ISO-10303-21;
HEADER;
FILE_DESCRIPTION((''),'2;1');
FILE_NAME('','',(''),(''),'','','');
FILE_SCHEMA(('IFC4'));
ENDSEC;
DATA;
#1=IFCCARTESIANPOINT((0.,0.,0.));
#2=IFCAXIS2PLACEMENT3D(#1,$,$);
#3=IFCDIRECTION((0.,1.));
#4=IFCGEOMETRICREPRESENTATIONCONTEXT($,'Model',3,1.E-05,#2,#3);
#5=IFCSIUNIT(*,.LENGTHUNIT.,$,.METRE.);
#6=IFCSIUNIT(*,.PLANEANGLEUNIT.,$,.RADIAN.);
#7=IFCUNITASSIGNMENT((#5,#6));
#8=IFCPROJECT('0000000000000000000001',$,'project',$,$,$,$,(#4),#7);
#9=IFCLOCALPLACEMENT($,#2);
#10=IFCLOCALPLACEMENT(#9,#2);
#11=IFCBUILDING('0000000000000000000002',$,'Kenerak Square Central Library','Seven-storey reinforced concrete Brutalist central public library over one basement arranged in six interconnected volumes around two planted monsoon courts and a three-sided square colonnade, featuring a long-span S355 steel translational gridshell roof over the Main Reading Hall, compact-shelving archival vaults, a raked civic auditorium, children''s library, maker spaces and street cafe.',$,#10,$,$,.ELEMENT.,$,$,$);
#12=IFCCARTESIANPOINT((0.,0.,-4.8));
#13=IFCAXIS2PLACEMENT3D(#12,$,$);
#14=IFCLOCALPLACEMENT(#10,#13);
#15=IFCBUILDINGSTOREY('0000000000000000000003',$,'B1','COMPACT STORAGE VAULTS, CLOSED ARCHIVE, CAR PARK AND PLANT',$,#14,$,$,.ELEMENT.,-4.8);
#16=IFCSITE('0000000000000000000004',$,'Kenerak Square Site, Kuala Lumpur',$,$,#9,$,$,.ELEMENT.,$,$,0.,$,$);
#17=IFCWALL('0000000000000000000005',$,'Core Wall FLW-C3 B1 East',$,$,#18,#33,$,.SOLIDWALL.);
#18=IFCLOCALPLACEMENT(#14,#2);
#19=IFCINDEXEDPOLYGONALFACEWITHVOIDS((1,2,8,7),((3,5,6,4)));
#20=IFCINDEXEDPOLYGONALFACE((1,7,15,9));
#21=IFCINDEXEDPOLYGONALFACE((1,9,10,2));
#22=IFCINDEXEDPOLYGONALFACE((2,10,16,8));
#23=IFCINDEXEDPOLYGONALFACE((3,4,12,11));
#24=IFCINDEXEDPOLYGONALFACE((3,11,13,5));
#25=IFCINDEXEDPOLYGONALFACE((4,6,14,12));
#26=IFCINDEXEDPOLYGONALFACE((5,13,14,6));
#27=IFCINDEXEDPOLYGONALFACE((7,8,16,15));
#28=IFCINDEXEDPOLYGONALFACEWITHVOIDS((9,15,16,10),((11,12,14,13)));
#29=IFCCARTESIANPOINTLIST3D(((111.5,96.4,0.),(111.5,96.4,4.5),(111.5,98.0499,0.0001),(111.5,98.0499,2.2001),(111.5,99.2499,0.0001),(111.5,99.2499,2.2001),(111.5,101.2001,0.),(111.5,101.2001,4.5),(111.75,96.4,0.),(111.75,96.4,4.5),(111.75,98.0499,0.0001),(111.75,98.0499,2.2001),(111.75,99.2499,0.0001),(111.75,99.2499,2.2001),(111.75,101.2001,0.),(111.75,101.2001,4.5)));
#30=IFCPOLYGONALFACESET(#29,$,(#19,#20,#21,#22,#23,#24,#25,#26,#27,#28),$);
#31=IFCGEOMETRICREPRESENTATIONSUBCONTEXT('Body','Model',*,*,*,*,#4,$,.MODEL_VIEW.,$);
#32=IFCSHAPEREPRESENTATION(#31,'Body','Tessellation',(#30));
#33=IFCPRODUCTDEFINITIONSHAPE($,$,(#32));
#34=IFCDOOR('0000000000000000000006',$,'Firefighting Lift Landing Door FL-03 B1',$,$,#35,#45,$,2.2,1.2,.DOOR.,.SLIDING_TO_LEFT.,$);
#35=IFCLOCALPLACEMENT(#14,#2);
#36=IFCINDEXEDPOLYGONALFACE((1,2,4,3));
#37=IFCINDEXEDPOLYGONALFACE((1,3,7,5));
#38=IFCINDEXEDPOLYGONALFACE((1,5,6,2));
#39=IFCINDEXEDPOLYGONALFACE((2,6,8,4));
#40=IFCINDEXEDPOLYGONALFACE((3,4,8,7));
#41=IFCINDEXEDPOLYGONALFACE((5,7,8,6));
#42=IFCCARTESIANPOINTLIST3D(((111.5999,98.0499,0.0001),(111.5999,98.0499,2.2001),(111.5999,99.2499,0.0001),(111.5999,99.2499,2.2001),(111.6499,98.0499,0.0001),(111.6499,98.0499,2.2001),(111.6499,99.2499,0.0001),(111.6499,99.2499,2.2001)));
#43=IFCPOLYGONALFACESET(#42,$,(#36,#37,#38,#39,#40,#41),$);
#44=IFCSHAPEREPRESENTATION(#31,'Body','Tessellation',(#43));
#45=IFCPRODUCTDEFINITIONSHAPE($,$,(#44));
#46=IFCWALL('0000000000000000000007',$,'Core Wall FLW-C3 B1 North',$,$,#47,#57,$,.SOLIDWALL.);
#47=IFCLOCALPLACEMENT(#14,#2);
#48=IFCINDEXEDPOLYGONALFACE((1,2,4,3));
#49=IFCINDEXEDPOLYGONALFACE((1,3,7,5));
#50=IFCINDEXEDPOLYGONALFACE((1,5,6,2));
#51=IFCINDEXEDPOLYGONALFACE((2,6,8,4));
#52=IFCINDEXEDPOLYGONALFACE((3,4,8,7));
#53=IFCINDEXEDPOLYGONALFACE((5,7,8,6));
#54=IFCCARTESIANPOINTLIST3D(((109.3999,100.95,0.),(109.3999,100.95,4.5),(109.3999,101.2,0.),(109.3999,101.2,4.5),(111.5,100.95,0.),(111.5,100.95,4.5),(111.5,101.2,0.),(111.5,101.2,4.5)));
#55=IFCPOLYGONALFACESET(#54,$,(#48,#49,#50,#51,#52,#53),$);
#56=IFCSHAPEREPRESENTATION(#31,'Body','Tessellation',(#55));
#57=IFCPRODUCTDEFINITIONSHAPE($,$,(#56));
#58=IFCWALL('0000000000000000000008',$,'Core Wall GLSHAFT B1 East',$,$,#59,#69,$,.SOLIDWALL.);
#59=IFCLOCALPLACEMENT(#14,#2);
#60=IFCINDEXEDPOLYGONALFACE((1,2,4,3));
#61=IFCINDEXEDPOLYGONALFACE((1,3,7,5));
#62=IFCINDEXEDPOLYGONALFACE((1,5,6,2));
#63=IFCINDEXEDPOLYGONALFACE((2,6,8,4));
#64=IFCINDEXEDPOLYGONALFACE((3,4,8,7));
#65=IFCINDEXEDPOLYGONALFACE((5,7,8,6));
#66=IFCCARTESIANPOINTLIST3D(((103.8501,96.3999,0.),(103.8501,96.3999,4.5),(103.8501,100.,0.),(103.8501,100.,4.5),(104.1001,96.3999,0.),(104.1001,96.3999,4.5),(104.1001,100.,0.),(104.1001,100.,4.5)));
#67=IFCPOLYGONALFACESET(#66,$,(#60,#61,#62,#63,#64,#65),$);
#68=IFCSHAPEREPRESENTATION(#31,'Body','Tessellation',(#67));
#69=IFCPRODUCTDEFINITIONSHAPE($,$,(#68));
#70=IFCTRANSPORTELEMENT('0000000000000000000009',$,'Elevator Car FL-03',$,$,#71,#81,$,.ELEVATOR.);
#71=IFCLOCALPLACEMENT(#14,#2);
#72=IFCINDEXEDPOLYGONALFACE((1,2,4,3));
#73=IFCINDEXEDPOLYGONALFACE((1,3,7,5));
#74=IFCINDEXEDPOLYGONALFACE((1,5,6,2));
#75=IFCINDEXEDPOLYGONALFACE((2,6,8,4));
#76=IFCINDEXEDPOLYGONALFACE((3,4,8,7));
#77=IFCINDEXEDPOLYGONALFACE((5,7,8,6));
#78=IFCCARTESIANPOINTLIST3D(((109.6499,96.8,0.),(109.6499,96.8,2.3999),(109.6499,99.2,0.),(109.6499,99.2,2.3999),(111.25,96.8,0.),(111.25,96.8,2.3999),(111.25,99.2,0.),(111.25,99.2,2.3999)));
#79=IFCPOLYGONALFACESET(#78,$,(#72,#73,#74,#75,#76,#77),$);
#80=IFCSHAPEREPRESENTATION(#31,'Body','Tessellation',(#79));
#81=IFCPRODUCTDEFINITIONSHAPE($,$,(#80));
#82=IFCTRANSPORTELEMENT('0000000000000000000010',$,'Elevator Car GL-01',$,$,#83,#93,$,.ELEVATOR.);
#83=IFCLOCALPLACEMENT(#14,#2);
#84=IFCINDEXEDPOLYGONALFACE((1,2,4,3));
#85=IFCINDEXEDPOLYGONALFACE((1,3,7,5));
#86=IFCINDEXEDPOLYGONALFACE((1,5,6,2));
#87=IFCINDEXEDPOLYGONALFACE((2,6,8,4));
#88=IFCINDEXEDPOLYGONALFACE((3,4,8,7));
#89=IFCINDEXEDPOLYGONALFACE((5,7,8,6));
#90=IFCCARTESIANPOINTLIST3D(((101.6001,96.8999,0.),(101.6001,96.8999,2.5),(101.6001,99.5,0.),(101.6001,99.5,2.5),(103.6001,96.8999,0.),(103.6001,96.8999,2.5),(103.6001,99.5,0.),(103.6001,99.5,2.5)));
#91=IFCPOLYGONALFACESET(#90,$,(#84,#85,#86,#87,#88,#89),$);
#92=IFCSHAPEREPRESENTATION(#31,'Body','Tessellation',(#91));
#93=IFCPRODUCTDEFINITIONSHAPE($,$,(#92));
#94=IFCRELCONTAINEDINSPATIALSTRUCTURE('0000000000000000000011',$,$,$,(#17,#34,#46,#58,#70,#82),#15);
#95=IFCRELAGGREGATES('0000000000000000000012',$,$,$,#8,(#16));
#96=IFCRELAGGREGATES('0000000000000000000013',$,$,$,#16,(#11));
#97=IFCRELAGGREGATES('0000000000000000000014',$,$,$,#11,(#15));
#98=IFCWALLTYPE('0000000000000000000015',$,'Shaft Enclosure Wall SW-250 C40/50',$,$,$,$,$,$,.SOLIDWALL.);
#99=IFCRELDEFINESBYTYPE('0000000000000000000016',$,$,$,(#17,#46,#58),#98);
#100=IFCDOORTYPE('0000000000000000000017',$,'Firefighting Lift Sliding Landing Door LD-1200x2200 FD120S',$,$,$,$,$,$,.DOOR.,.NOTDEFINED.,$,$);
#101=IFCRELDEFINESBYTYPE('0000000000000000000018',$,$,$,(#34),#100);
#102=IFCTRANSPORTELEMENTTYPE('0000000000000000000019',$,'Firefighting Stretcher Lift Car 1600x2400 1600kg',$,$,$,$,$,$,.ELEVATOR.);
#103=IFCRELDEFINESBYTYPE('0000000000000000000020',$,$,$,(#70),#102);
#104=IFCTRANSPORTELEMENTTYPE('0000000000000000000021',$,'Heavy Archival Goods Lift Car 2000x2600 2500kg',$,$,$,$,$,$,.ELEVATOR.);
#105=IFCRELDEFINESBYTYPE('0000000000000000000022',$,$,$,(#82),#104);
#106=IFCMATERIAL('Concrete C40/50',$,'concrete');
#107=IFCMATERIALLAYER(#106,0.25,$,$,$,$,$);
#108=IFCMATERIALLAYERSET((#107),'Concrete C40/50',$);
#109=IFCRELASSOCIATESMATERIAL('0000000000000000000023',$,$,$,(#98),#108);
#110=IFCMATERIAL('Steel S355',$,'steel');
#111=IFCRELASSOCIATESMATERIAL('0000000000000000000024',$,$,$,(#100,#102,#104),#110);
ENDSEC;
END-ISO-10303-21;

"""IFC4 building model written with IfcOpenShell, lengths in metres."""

from ifc_helpers import new_model, si_unit, direction, frame, frame_2d, origin, origin_2d, place, context, subcontext, project, spatial, rectangle, extrude, material, layer, layer_set, type_object, element, fill, save


model = new_model("IFC4")

# Units and contexts
model_context = context("Model", 3, precision=1e-05, world=origin(), true_north=direction((0.0, 1.0)))
body_context = subcontext(model_context, "Body", "Model", "MODEL_VIEW")
ifc_project = project(units=[si_unit("LENGTHUNIT", "METRE"), si_unit("PLANEANGLEUNIT", "RADIAN")], contexts=[model_context])

# Site, building, storey
site_placement = place(None, origin())
site = spatial("IfcSite", under=ifc_project, at=site_placement, Name="Kenerak Square Site, Kuala Lumpur", CompositionType="ELEMENT", RefElevation=0.0)
building_placement = place(site_placement, origin())
building = spatial("IfcBuilding", under=site, at=building_placement, Name="Kenerak Square Central Library", Description="Seven-storey reinforced concrete Brutalist central public library over one basement arranged in six interconnected volumes around two planted monsoon courts and a three-sided square colonnade, featuring a long-span S355 steel translational gridshell roof over the Main Reading Hall, compact-shelving archival vaults, a raked civic auditorium, children's library, maker spaces and street cafe.", CompositionType="ELEMENT")
storey_placement = place(building_placement, frame((0.0, 0.0, -4.8)))
storey = spatial("IfcBuildingStorey", under=building, at=storey_placement, Name="B1", Description="COMPACT STORAGE VAULTS, CLOSED ARCHIVE, CAR PARK AND PLANT", CompositionType="ELEMENT", Elevation=-4.8)

# Shared definitions
ifc_material_1 = material(Name="Concrete C40/50", Category="concrete")

# Wall, opening, door
ifc_layer_1 = layer(ifc_material_1, 0.25)
ifc_layer_set_1 = layer_set([ifc_layer_1], Name="Concrete C40/50")
wall_type_1 = type_object("IfcWallType", Name="Shaft Enclosure Wall SW-250 C40/50", PredefinedType="SOLIDWALL", material=ifc_layer_set_1)
wall_1_placement = place(storey_placement, frame((111.625, 101.2, 0.0), z_axis=(0.0, 0.0, 1.0), x_axis=(0.0, -1.0, 0.0)))
wall_1 = element("IfcWall", 1, at=wall_1_placement, inside=storey, type_object=wall_type_1, Name="Core Wall FLW-C3 B1 East", PredefinedType="SOLIDWALL", context=body_context, shape_type="SweptSolid", body=[
    extrude(rectangle(XDim=4.8, YDim=0.25, at=frame_2d((2.3999, 0.0))), origin(), (0.0, 0.0, 1.0), 4.5),
])
opening_placement = place(wall_1_placement, frame((1.95, 0.0, 0.0)))
opening = element("IfcOpeningElement", 2, at=opening_placement, cuts=wall_1, PredefinedType="OPENING", context=body_context, shape_type="SweptSolid", body=[
    extrude(rectangle(XDim=1.2, YDim=2.2, at=frame_2d((0.6001, 1.1001))), frame((0.0, 0.135, 0.0), z_axis=(0.0, -1.0, 0.0), x_axis=(1.0, 0.0, 0.0)), (0.0, 0.0, 1.0), 0.27),
])
ifc_material_2 = material(Name="Steel S355", Category="steel")
door_type = type_object("IfcDoorType", Name="Firefighting Lift Sliding Landing Door LD-1200x2200 FD120S", OperationType="NOTDEFINED", PredefinedType="DOOR", material=ifc_material_2)
door_placement = place(opening_placement, origin())
door = element("IfcDoor", 3, at=door_placement, inside=storey, type_object=door_type, Name="Firefighting Lift Landing Door FL-03 B1", OperationType="SLIDING_TO_LEFT", OverallHeight=2.2, OverallWidth=1.2, PredefinedType="DOOR", context=body_context, shape_type="SweptSolid", body=[
    extrude(rectangle(XDim=1.2, YDim=2.2, at=frame_2d((0.6001, 1.1001))), frame((0.0, 0.0249, 0.0), z_axis=(0.0, -1.0, 0.0), x_axis=(1.0, 0.0, 0.0)), (0.0, 0.0, 1.0), 0.05),
])
fill(opening, door)

# Walls
wall_2_placement = place(storey_placement, frame((109.3999, 101.075, 0.0), z_axis=(0.0, 0.0, 1.0), x_axis=(1.0, 0.0, 0.0)))
element("IfcWall", 4, at=wall_2_placement, inside=storey, type_object=wall_type_1, Name="Core Wall FLW-C3 B1 North", PredefinedType="SOLIDWALL", context=body_context, shape_type="SweptSolid", body=[
    extrude(rectangle(XDim=2.1001, YDim=0.25, at=frame_2d((1.05, 0.0))), origin(), (0.0, 0.0, 1.0), 4.5),
])
wall_3_placement = place(storey_placement, frame((103.9751, 100.0, 0.0), z_axis=(0.0, 0.0, 1.0), x_axis=(0.0, -1.0, 0.0)))
element("IfcWall", 5, at=wall_3_placement, inside=storey, type_object=wall_type_1, Name="Core Wall GLSHAFT B1 East", PredefinedType="SOLIDWALL", context=body_context, shape_type="SweptSolid", body=[
    extrude(rectangle(XDim=3.6001, YDim=0.25, at=frame_2d((1.8, 0.0))), origin(), (0.0, 0.0, 1.0), 4.5),
])

# Transport elements
transport_element_type_1 = type_object("IfcTransportElementType", Name="Firefighting Stretcher Lift Car 1600x2400 1600kg", PredefinedType="ELEVATOR", material=ifc_material_2)
transport_element_1_placement = place(storey_placement, frame((110.45, 98.0, 0.0), z_axis=(0.0, 0.0, 1.0), x_axis=(1.0, 0.0, 0.0)))
element("IfcTransportElement", 6, at=transport_element_1_placement, inside=storey, type_object=transport_element_type_1, Name="Elevator Car FL-03", PredefinedType="ELEVATOR", context=body_context, shape_type="SweptSolid", body=[
    extrude(rectangle(XDim=1.6001, YDim=2.3999, at=origin_2d()), origin(), (0.0, 0.0, 1.0), 2.3999),
])
transport_element_type_2 = type_object("IfcTransportElementType", Name="Heavy Archival Goods Lift Car 2000x2600 2500kg", PredefinedType="ELEVATOR", material=ifc_material_2)
transport_element_2_placement = place(storey_placement, frame((102.6001, 98.2, 0.0), z_axis=(0.0, 0.0, 1.0), x_axis=(1.0, 0.0, 0.0)))
element("IfcTransportElement", 7, at=transport_element_2_placement, inside=storey, type_object=transport_element_type_2, Name="Elevator Car GL-01", PredefinedType="ELEVATOR", context=body_context, shape_type="SweptSolid", body=[
    extrude(rectangle(XDim=2.0, YDim=2.6001, at=origin_2d()), origin(), (0.0, 0.0, 1.0), 2.5),
])

save(model, "model.ifc")
